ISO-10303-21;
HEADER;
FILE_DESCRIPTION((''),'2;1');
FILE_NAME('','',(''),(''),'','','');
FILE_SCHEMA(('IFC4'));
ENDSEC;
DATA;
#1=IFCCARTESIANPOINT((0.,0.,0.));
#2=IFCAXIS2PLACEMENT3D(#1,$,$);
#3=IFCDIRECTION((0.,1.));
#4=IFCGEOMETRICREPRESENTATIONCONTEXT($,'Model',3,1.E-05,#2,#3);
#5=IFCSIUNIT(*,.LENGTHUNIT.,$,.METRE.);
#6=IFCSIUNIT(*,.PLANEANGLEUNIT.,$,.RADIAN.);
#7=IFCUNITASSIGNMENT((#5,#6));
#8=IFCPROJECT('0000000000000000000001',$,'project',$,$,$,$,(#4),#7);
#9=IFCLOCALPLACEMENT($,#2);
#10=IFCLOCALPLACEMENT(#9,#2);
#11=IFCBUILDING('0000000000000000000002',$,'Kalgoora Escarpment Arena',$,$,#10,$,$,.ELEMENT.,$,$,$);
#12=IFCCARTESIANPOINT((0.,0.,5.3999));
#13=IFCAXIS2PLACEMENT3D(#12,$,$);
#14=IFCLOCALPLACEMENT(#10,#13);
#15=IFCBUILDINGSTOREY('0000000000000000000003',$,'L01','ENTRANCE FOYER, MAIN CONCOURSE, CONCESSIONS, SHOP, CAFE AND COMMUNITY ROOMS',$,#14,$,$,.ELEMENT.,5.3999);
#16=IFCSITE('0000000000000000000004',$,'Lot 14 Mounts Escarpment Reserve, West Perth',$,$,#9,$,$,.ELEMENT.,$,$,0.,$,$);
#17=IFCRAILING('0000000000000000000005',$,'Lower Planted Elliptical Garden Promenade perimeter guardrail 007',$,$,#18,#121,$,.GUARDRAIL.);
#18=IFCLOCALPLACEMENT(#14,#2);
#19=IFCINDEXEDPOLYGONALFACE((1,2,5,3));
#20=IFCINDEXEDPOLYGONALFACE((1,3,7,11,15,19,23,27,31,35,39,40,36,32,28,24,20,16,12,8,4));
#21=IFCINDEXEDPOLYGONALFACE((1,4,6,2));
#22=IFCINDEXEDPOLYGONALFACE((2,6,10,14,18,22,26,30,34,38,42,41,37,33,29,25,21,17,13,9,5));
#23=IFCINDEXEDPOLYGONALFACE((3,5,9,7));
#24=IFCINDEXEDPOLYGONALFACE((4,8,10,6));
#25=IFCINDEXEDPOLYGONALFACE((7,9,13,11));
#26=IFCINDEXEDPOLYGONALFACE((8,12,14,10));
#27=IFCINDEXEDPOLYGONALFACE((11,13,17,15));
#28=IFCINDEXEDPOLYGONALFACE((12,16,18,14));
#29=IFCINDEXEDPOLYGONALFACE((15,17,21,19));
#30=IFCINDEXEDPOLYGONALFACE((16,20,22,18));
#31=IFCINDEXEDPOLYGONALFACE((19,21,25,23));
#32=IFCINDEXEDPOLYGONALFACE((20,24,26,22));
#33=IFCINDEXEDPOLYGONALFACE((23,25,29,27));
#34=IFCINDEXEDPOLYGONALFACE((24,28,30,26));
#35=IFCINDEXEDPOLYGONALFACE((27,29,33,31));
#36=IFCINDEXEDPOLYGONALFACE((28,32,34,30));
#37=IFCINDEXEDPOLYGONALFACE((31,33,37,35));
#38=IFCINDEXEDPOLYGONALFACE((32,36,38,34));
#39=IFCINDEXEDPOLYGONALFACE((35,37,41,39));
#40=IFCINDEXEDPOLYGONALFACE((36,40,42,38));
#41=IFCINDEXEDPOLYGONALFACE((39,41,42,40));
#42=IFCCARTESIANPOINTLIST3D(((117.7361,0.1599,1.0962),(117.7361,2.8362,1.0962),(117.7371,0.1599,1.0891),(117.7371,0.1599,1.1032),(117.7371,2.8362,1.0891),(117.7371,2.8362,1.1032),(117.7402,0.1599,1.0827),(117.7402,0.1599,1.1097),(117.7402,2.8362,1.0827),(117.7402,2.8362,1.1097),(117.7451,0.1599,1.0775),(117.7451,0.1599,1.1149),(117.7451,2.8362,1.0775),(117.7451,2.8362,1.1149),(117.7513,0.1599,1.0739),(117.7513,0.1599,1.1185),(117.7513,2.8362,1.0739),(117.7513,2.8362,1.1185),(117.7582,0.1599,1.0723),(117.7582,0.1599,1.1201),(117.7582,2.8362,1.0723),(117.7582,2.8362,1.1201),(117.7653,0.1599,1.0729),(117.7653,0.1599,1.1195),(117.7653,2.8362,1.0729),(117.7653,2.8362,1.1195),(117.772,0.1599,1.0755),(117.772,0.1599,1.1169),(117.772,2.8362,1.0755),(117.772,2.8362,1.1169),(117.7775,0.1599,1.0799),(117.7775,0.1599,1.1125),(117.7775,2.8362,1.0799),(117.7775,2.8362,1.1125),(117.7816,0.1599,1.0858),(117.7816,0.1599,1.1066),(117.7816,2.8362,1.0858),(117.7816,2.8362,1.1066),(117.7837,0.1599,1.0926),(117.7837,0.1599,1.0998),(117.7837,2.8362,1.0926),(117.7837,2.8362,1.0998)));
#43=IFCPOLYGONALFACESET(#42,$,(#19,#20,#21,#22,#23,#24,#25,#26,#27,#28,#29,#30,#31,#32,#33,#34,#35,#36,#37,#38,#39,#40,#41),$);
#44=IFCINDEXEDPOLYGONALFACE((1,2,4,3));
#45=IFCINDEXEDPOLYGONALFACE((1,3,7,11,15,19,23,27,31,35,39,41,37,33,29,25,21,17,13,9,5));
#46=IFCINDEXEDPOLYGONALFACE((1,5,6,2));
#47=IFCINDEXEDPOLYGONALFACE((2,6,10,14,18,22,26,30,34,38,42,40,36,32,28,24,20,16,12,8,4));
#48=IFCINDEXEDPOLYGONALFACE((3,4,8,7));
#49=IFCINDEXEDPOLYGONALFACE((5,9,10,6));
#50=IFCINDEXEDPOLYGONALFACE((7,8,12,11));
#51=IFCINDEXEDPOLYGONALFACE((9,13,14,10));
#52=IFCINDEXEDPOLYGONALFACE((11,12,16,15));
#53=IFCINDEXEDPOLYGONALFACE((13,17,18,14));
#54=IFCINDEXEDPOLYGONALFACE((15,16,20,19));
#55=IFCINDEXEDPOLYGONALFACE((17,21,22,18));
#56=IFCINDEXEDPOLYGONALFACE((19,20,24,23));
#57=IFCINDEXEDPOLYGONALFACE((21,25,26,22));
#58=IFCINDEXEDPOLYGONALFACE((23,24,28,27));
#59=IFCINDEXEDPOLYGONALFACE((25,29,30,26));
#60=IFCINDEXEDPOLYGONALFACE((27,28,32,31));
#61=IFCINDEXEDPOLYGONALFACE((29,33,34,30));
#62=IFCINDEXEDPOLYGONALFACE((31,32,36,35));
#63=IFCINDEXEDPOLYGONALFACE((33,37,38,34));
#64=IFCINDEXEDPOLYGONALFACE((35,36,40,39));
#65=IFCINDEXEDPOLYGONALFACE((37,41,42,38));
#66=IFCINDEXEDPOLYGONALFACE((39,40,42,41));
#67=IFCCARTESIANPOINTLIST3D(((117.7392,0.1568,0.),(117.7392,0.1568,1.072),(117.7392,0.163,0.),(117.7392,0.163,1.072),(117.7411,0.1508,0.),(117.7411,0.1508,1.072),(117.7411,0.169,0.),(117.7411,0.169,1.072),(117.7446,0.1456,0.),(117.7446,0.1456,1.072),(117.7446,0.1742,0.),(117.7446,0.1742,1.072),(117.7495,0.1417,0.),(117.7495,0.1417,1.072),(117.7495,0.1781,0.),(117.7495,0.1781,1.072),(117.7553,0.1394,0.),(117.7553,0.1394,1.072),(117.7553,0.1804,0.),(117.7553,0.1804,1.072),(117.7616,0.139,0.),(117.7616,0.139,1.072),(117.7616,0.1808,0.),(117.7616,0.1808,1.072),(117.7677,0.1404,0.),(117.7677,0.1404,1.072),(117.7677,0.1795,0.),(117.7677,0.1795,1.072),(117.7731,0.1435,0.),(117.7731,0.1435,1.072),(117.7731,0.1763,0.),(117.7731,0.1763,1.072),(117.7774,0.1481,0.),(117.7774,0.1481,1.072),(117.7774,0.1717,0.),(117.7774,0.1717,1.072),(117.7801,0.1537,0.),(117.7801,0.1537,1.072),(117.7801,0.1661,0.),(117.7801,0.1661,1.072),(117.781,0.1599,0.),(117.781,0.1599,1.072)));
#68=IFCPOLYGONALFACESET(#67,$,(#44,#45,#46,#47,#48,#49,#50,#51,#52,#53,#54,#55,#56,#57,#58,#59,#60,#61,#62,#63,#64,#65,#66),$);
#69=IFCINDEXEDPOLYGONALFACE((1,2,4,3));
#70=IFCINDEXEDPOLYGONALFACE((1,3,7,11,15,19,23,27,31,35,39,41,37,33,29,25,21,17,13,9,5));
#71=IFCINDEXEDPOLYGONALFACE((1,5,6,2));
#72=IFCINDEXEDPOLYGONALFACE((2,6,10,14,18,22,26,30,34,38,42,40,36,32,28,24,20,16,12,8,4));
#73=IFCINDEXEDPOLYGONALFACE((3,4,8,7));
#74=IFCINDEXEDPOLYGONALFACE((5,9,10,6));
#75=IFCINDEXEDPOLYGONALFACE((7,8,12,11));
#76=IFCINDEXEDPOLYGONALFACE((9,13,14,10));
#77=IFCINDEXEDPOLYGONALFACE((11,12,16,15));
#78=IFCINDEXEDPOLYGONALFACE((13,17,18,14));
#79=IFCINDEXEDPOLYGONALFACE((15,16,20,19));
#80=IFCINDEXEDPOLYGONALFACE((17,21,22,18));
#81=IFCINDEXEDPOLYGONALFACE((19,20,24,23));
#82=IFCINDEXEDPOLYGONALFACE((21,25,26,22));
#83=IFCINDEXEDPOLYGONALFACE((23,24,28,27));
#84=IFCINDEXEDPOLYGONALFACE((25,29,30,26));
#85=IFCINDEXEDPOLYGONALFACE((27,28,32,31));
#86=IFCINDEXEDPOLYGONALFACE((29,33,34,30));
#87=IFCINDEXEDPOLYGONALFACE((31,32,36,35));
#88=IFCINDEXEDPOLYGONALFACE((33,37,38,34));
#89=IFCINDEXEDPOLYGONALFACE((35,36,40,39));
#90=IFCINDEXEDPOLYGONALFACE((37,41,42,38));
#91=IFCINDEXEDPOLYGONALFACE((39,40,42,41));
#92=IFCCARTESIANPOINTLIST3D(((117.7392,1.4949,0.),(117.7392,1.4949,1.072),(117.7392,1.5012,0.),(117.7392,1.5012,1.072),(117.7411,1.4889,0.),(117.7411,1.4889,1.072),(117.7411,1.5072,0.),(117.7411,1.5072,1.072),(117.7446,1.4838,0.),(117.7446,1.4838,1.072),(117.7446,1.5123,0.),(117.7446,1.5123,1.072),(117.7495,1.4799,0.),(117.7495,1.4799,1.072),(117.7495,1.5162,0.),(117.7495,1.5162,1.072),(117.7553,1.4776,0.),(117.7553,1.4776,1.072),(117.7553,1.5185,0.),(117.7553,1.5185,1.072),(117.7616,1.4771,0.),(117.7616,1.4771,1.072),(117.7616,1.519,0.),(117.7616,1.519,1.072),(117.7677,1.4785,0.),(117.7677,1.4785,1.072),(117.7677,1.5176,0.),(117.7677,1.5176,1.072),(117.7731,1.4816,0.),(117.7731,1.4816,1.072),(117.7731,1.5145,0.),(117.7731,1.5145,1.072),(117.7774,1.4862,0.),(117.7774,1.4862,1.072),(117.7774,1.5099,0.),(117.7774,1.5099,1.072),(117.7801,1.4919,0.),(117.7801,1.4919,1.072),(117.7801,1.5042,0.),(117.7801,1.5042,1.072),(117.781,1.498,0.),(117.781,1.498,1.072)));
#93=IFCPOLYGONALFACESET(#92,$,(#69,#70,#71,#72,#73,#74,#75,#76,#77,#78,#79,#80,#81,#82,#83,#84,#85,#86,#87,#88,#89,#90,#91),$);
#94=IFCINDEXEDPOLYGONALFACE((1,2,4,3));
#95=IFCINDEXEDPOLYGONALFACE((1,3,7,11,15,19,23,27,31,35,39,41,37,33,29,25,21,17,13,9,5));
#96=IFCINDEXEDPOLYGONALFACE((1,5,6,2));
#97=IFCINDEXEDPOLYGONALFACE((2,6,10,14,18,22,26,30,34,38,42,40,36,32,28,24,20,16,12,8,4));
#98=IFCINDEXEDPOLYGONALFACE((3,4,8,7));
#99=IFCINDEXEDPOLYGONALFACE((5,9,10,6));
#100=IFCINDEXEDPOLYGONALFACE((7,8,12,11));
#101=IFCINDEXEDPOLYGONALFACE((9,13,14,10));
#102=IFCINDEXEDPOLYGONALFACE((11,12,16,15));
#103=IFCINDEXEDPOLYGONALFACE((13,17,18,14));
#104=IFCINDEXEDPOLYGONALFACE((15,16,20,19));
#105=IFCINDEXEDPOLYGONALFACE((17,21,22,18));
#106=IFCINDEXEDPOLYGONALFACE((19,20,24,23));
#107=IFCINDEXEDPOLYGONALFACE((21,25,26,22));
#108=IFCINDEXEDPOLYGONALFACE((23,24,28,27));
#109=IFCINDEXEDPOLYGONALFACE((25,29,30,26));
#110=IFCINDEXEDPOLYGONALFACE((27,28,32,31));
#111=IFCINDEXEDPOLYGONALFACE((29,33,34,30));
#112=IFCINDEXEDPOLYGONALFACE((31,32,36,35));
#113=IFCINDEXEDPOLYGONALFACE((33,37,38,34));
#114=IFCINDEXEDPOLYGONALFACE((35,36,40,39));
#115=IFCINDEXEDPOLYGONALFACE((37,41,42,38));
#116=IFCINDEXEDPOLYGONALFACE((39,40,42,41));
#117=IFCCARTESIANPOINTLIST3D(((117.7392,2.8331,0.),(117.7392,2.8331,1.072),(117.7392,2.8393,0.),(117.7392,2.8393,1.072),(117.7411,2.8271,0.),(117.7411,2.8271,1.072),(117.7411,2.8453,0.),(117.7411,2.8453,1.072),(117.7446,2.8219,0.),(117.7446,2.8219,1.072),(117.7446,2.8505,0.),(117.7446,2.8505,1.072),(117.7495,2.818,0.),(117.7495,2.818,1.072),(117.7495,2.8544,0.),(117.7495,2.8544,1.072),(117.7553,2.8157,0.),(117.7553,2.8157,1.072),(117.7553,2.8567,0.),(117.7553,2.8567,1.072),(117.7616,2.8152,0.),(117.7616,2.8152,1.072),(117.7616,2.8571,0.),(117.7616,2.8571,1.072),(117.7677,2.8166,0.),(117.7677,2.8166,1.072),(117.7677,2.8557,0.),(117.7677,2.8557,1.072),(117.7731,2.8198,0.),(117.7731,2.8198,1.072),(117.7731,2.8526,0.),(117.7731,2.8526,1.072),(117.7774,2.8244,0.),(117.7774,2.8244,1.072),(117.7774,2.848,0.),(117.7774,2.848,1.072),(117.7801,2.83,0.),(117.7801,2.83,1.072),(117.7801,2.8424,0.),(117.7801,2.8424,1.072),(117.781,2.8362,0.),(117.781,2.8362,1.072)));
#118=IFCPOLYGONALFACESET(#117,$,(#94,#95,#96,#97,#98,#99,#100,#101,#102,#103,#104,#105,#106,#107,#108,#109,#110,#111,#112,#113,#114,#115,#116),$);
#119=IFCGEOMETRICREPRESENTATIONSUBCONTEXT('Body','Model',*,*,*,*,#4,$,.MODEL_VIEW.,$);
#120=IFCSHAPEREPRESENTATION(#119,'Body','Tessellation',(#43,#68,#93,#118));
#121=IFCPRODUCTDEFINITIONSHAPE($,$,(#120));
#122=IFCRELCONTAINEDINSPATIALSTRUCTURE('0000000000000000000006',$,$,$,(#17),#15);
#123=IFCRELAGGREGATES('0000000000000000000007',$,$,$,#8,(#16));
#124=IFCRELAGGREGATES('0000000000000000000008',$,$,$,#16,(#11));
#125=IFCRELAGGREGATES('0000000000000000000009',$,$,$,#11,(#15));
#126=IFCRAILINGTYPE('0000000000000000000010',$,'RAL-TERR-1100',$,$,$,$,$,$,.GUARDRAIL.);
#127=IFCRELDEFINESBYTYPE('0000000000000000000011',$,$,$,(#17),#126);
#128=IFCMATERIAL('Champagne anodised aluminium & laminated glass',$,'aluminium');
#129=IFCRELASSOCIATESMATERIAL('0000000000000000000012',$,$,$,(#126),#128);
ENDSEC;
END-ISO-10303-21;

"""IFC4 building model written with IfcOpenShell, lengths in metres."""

from ifc_helpers import new_model, si_unit, direction, frame, origin, origin_2d, place, context, subcontext, project, spatial, circle, extrude, material, type_object, element, save


model = new_model("IFC4")

# Units and contexts
model_context = context("Model", 3, precision=1e-05, world=origin(), true_north=direction((0.0, 1.0)))
body_context = subcontext(model_context, "Body", "Model", "MODEL_VIEW")
ifc_project = project(units=[si_unit("LENGTHUNIT", "METRE"), si_unit("PLANEANGLEUNIT", "RADIAN")], contexts=[model_context])

# Site, building, storey
site_placement = place(None, origin())
site = spatial("IfcSite", under=ifc_project, at=site_placement, Name="Lot 14 Mounts Escarpment Reserve, West Perth", CompositionType="ELEMENT", RefElevation=0.0)
building_placement = place(site_placement, origin())
building = spatial("IfcBuilding", under=site, at=building_placement, Name="Kalgoora Escarpment Arena", CompositionType="ELEMENT")
storey_placement = place(building_placement, frame((0.0, 0.0, 5.3999)))
storey = spatial("IfcBuildingStorey", under=building, at=storey_placement, Name="L01", Description="ENTRANCE FOYER, MAIN CONCOURSE, CONCESSIONS, SHOP, CAFE AND COMMUNITY ROOMS", CompositionType="ELEMENT", Elevation=5.3999)

# Railing
ifc_material_1 = material(Name="Champagne anodised aluminium & laminated glass", Category="aluminium")
railing_type = type_object("IfcRailingType", Name="RAL-TERR-1100", PredefinedType="GUARDRAIL", material=ifc_material_1)
railing_1_placement = place(storey_placement, frame((117.76, 0.1599, 0.0)))
element("IfcRailing", 1, at=railing_1_placement, inside=storey, type_object=railing_type, Name="Lower Planted Elliptical Garden Promenade perimeter guardrail 007", PredefinedType="GUARDRAIL", context=body_context, shape_type="SweptSolid", body=[
    extrude(circle(Radius=0.0239, at=origin_2d()), frame((0.0, 0.0, 1.0962), z_axis=(0.0, 1.0, 0.0), x_axis=(-1.0, 0.0, 0.0)), (0.0, 0.0, 1.0), 2.6763),
    extrude(circle(Radius=0.021, at=origin_2d()), origin(), (0.0, 0.0, 1.0), 1.072),
    extrude(circle(Radius=0.021, at=origin_2d()), frame((0.0, 1.3381, 0.0)), (0.0, 0.0, 1.0), 1.072),
    extrude(circle(Radius=0.021, at=origin_2d()), frame((0.0, 2.6763, 0.0)), (0.0, 0.0, 1.0), 1.072),
])

save(model, "model.ifc")
